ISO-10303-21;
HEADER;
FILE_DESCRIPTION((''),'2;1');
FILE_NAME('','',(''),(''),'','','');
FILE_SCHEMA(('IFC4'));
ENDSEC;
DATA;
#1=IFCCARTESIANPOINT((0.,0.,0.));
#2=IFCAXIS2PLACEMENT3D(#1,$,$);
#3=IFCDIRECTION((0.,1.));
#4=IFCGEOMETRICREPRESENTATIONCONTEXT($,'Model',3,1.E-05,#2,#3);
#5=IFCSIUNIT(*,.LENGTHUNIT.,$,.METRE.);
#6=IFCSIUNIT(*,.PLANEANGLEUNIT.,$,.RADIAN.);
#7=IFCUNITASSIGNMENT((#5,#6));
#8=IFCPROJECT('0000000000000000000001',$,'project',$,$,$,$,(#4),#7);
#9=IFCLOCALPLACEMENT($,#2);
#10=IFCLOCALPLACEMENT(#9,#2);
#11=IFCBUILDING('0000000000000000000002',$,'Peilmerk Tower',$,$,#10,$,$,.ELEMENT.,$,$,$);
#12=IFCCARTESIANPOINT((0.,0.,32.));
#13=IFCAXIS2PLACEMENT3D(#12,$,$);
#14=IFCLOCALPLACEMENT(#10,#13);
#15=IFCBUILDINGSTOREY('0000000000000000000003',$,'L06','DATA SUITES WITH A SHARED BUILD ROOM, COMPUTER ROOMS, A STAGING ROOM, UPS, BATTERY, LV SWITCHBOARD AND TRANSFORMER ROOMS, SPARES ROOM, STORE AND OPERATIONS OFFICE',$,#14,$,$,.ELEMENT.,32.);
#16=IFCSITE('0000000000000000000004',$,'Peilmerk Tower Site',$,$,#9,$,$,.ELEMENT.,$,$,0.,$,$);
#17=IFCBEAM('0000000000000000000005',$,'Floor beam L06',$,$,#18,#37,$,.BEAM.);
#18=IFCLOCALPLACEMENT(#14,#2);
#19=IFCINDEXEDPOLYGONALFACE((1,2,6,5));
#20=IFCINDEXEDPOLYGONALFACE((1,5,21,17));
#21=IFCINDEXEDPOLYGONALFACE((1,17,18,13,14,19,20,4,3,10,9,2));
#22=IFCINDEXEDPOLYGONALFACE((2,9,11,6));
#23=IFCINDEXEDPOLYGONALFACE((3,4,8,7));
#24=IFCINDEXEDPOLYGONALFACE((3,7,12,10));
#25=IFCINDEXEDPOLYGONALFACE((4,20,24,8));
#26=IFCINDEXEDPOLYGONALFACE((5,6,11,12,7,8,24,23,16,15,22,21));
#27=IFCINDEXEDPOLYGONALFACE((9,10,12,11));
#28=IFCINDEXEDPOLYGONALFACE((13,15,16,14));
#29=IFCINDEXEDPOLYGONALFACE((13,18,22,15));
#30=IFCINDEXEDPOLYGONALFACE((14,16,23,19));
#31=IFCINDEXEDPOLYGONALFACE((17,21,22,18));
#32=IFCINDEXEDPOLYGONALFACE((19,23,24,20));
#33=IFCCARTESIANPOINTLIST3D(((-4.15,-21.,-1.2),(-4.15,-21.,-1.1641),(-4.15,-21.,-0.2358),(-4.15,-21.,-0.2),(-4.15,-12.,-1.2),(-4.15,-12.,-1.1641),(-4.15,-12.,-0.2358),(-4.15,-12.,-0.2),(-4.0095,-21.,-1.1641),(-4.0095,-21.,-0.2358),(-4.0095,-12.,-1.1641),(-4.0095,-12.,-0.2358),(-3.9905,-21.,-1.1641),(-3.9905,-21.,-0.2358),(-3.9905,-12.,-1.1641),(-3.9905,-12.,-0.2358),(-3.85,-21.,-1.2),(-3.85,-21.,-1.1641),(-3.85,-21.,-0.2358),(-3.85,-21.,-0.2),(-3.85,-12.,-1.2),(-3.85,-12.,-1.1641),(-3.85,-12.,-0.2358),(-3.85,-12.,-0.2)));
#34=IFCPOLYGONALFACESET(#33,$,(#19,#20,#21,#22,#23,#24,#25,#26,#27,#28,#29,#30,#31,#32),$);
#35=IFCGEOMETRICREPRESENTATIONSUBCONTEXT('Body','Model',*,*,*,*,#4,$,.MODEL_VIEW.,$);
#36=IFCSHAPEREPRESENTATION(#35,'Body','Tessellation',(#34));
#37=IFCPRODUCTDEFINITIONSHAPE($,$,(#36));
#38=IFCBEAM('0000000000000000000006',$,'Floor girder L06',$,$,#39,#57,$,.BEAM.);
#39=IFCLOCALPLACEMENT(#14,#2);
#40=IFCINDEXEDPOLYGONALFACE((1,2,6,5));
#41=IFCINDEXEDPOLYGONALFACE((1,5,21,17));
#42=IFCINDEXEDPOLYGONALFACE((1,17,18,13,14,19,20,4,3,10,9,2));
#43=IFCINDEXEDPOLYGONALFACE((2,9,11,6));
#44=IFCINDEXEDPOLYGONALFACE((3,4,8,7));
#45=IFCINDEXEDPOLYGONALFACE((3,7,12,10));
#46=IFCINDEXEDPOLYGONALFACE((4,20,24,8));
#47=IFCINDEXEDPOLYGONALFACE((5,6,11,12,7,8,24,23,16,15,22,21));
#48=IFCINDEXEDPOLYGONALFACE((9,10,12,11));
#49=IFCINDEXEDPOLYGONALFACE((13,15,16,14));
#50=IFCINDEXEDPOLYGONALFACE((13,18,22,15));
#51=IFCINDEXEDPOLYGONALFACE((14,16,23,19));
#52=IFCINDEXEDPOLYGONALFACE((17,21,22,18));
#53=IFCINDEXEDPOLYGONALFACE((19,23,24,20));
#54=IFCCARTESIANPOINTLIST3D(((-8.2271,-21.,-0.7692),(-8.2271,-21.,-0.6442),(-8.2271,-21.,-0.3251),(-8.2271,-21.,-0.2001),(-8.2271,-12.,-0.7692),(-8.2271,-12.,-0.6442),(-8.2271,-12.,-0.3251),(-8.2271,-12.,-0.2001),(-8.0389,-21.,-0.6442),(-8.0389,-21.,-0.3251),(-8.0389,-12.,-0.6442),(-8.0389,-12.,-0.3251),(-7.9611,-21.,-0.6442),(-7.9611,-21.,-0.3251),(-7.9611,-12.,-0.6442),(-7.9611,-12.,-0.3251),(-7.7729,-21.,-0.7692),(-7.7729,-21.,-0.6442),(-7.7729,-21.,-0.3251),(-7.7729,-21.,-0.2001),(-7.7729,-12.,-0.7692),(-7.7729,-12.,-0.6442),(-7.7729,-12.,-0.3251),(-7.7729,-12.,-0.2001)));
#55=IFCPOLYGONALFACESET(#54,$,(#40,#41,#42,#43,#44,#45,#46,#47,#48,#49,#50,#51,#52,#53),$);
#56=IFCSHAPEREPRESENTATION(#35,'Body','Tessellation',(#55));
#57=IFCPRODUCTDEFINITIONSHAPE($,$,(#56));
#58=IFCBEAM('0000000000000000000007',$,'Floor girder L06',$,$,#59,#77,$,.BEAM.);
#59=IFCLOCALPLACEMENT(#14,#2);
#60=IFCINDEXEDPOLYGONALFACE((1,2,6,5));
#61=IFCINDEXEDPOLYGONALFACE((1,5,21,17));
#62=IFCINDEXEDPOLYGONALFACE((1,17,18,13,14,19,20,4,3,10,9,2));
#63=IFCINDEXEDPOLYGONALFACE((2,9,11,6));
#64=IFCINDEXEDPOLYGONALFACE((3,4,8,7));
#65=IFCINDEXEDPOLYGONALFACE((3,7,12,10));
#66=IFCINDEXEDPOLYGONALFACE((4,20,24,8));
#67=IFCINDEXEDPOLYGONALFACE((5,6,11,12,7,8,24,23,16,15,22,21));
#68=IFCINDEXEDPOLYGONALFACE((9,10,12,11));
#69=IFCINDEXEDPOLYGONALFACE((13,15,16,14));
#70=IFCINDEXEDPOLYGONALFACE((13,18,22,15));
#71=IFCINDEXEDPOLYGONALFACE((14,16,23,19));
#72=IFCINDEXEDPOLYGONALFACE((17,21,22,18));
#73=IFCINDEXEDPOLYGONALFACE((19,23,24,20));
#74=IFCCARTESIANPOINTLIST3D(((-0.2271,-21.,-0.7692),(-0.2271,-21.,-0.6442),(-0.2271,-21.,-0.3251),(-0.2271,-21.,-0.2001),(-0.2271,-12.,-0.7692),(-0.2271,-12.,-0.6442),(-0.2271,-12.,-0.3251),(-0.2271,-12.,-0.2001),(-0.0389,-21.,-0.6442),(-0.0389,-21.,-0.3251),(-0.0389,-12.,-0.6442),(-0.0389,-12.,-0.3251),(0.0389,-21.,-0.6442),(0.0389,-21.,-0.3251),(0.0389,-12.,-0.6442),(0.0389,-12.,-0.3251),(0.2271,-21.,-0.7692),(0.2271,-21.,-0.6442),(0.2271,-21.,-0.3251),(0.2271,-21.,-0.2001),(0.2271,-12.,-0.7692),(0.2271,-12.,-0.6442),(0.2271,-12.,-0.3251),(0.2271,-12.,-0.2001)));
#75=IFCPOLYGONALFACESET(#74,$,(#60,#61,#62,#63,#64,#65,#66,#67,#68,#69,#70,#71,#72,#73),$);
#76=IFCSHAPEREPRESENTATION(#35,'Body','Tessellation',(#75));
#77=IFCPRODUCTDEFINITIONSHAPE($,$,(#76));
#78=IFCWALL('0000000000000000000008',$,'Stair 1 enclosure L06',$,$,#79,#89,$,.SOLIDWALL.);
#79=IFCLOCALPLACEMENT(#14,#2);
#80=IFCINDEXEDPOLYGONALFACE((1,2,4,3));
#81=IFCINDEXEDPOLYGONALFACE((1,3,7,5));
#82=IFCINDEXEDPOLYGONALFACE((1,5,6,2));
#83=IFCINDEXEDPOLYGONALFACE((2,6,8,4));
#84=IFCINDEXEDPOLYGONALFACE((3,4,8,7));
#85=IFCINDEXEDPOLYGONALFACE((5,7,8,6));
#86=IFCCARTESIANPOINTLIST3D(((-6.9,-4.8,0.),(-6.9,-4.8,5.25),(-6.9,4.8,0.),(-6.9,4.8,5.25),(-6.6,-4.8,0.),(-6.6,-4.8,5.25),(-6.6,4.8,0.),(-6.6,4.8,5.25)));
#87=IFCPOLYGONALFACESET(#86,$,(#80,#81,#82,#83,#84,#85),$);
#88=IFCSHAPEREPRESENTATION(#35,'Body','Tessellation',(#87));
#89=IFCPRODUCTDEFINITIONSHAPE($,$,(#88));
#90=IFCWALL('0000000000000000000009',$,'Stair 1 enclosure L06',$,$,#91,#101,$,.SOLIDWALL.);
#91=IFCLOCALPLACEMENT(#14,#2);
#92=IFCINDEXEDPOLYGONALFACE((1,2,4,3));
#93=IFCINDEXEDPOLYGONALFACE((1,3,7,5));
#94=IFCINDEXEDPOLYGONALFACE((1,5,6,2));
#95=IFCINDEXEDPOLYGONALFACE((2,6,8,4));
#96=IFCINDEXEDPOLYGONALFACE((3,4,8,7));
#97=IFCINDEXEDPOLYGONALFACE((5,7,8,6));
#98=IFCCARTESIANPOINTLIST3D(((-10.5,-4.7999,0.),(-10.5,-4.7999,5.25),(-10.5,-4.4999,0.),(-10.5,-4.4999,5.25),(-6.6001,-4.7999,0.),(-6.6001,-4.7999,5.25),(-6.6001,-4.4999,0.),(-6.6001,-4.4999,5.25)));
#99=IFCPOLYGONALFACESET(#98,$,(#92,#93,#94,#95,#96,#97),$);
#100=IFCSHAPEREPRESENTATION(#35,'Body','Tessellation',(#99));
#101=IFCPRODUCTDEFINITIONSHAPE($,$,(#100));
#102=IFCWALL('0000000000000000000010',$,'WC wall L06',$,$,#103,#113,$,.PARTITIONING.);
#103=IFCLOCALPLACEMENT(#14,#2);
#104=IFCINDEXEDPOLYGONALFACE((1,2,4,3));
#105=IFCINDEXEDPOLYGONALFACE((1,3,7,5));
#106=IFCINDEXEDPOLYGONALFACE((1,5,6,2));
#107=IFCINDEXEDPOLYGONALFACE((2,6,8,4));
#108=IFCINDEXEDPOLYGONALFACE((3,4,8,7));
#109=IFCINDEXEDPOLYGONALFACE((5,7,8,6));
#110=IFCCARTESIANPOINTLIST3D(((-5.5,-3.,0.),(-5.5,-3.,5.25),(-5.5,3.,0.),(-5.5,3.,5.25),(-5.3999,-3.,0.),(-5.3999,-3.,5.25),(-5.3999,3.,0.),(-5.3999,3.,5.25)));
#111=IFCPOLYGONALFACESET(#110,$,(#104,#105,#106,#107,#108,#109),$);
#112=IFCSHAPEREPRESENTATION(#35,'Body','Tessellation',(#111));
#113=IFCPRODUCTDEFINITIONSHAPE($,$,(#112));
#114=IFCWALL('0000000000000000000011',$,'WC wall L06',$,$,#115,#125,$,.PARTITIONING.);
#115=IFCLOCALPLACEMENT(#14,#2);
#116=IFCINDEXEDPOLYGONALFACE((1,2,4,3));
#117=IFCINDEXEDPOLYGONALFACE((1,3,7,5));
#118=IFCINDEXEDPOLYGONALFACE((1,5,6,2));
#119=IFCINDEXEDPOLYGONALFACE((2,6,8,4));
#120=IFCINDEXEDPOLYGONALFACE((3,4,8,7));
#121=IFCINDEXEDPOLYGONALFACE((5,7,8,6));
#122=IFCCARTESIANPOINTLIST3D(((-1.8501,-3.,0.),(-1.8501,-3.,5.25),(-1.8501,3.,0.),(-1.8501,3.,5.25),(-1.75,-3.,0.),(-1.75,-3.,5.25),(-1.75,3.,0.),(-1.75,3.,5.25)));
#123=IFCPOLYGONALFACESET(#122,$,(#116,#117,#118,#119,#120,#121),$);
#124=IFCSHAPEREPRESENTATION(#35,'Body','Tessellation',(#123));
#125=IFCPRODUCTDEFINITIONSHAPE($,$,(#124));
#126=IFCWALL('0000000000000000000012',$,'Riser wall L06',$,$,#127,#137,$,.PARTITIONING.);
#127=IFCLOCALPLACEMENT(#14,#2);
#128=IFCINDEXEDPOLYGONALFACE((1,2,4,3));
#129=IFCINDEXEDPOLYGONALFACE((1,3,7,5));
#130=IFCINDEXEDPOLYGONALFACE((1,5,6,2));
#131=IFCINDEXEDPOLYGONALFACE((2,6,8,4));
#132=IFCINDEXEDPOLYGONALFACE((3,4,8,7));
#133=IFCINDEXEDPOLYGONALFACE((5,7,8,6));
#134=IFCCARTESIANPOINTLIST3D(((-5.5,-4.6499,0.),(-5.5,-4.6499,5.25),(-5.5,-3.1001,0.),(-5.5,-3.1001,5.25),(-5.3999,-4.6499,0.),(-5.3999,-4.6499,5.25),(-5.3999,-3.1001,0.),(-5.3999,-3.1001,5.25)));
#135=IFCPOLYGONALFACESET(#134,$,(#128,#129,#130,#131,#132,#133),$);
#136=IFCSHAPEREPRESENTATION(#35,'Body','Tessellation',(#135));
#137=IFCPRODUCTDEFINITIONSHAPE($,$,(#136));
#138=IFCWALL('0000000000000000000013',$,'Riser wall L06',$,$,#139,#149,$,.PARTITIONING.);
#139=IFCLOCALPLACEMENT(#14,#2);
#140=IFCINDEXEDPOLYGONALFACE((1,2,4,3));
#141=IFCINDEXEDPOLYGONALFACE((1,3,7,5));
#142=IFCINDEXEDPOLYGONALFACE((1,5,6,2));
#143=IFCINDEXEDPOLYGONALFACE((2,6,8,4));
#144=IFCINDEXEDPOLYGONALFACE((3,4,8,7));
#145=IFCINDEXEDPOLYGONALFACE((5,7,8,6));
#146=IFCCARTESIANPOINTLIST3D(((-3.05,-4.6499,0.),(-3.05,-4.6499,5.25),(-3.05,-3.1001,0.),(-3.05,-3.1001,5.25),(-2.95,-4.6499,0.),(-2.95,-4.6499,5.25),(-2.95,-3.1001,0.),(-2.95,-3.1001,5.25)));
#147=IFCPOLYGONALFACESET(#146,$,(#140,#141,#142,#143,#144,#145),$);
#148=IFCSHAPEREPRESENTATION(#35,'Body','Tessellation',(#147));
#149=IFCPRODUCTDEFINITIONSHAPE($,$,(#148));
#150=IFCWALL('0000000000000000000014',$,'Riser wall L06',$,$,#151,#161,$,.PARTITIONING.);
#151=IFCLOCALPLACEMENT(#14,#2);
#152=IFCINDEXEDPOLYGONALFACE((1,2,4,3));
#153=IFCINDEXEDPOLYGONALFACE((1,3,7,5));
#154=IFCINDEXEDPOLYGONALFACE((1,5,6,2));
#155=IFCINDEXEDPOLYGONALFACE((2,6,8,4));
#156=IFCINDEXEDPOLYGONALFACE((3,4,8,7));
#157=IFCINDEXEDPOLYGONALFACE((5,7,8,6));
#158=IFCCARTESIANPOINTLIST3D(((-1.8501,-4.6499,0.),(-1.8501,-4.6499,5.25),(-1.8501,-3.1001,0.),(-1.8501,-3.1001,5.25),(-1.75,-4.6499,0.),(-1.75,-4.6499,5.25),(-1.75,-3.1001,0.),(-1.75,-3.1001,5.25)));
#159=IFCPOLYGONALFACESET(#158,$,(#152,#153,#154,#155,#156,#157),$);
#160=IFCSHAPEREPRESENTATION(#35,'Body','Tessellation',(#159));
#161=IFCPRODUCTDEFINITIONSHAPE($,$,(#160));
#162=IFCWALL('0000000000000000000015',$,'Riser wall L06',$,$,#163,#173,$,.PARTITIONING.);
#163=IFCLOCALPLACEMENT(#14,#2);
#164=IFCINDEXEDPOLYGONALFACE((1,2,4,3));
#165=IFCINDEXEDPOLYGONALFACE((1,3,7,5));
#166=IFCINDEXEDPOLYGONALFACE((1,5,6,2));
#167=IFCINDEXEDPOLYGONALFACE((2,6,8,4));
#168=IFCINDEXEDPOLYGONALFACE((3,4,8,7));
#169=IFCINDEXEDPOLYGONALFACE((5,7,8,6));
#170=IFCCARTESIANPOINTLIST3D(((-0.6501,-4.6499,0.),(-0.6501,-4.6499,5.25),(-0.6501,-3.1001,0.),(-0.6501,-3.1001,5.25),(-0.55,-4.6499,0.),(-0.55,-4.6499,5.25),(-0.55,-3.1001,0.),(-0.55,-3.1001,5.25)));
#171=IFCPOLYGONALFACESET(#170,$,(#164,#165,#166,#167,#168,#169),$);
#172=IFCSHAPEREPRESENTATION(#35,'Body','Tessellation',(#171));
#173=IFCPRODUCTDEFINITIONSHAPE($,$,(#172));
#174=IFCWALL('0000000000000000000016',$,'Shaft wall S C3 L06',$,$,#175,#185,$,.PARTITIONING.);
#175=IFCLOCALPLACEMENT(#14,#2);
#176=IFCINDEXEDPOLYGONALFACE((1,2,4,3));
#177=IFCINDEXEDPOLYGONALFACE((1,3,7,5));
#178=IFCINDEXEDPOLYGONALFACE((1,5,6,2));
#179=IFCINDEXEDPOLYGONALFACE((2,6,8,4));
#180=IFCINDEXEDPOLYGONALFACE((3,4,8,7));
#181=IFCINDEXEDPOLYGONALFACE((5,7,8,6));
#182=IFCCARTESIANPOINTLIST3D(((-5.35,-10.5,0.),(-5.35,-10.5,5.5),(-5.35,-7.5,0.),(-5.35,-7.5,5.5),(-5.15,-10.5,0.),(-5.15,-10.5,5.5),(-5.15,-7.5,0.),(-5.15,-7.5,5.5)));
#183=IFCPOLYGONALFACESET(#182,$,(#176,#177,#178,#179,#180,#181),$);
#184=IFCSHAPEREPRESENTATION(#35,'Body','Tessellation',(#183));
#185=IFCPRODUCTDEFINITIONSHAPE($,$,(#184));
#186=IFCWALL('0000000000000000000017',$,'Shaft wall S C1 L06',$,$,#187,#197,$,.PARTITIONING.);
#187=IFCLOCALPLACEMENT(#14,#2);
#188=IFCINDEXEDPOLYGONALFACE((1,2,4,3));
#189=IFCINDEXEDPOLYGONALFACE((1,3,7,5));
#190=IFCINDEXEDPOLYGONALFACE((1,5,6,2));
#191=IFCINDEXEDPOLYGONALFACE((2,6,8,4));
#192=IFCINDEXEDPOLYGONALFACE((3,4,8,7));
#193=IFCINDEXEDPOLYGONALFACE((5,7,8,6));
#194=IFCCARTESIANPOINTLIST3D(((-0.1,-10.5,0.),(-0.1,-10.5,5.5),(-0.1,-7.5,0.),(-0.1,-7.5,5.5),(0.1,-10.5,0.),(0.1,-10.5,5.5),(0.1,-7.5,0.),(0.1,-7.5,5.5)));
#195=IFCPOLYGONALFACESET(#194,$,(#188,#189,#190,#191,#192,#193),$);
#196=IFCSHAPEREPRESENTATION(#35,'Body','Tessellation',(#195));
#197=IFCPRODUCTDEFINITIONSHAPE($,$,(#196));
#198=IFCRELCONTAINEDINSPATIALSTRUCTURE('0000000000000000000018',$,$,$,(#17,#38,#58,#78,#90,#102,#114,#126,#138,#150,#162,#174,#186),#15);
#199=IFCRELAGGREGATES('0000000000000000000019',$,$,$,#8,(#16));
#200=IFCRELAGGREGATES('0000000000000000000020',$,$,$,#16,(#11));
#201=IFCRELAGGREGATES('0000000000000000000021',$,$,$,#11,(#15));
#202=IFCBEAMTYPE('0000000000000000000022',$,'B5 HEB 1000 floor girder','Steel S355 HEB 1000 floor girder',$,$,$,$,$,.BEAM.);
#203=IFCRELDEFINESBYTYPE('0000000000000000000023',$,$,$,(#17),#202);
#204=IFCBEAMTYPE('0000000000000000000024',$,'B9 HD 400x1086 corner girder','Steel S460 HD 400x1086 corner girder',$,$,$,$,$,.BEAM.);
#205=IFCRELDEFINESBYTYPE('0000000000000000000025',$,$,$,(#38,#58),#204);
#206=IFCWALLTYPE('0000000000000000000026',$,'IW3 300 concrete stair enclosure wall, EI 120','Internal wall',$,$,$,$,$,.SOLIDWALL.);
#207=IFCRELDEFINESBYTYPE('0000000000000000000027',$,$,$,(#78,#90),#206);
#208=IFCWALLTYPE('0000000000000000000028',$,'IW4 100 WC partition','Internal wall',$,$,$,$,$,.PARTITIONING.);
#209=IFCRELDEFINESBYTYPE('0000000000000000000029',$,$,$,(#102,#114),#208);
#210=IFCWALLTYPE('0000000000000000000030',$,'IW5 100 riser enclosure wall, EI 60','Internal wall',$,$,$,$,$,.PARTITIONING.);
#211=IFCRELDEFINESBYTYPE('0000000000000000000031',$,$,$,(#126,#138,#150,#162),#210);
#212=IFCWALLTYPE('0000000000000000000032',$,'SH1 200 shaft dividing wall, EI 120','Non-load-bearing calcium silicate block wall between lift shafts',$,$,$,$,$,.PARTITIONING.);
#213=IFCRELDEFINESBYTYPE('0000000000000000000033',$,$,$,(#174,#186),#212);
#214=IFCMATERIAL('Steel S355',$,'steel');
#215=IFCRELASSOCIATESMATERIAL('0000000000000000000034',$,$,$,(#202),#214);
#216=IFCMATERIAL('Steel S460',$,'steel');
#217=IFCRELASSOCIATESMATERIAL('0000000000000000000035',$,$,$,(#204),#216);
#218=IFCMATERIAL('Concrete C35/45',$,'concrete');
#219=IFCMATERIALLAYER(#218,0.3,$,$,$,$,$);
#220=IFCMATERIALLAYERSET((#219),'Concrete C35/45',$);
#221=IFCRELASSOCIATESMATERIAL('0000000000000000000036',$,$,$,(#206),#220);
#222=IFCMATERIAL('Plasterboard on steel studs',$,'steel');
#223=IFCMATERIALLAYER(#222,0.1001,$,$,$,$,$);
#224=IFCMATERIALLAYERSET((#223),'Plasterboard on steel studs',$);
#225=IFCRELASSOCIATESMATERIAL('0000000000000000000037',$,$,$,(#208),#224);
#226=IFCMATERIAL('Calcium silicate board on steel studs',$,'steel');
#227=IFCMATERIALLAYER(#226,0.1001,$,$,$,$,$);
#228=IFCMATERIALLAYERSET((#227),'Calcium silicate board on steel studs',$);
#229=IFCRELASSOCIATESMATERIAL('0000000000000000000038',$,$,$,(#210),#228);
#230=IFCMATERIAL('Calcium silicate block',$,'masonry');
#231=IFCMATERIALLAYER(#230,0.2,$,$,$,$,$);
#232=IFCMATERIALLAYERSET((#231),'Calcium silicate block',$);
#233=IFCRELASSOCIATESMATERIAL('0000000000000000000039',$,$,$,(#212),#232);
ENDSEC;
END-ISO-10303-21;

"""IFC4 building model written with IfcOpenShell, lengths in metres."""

from ifc_helpers import new_model, si_unit, direction, frame, frame_2d, origin, origin_2d, place, context, subcontext, project, spatial, rectangle, i_section, extrude, material, layer, layer_set, material_profile, profile_set, type_object, element, save


model = new_model("IFC4")

# Units and contexts
model_context = context("Model", 3, precision=1e-05, world=origin(), true_north=direction((0.0, 1.0)))
body_context = subcontext(model_context, "Body", "Model", "MODEL_VIEW")
ifc_project = project(units=[si_unit("LENGTHUNIT", "METRE"), si_unit("PLANEANGLEUNIT", "RADIAN")], contexts=[model_context])

# Site, building, storey
site_placement = place(None, origin())
site = spatial("IfcSite", under=ifc_project, at=site_placement, Name="Peilmerk Tower Site", CompositionType="ELEMENT", RefElevation=0.0)
building_placement = place(site_placement, origin())
building = spatial("IfcBuilding", under=site, at=building_placement, Name="Peilmerk Tower", CompositionType="ELEMENT")
storey_placement = place(building_placement, frame((0.0, 0.0, 32.0)))
storey = spatial("IfcBuildingStorey", under=building, at=storey_placement, Name="L06", Description="DATA SUITES WITH A SHARED BUILD ROOM, COMPUTER ROOMS, A STAGING ROOM, UPS, BATTERY, LV SWITCHBOARD AND TRANSFORMER ROOMS, SPARES ROOM, STORE AND OPERATIONS OFFICE", CompositionType="ELEMENT", Elevation=32.0)

# Beams
ifc_material_1 = material(Name="Steel S355", Category="steel")
ifc_material_profile_1 = material_profile(ifc_material_1, i_section(OverallWidth=0.3, OverallDepth=1.0, WebThickness=0.019, FlangeThickness=0.0359, at=origin_2d()), Name="HEB 1000")
ifc_profile_set_1 = profile_set([ifc_material_profile_1], Name="Steel S355")
beam_type_1 = type_object("IfcBeamType", Name="B5 HEB 1000 floor girder", Description="Steel S355 HEB 1000 floor girder", PredefinedType="BEAM", material=ifc_profile_set_1)
beam_placement = place(storey_placement, frame((-4.0, -12.0, -0.7), z_axis=(0.0, -1.0, 0.0), x_axis=(1.0, 0.0, 0.0)))
element("IfcBeam", 1, at=beam_placement, inside=storey, type_object=beam_type_1, Name="Floor beam L06", PredefinedType="BEAM", context=body_context, shape_type="SweptSolid", body=[
    extrude(i_section(OverallWidth=0.3, OverallDepth=1.0, WebThickness=0.019, FlangeThickness=0.0359, at=origin_2d()), origin(), (0.0, 0.0, 1.0), 9.0),
])
ifc_material_2 = material(Name="Steel S460", Category="steel")
ifc_material_profile_2 = material_profile(ifc_material_2, i_section(OverallWidth=0.4541, OverallDepth=0.5691, WebThickness=0.0779, FlangeThickness=0.125, at=origin_2d()), Name="HD 400x1086")
ifc_profile_set_2 = profile_set([ifc_material_profile_2], Name="Steel S460")
beam_type_2 = type_object("IfcBeamType", Name="B9 HD 400x1086 corner girder", Description="Steel S460 HD 400x1086 corner girder", PredefinedType="BEAM", material=ifc_profile_set_2)
for number, where, z_axis, x_axis, name in (
    (2, (-8.0, -12.0, -0.4846), (0.0, -1.0, 0.0), (1.0, 0.0, 0.0), "Floor girder L06"),
    (3, (0.0, -12.0, -0.4846), (0.0, -1.0, 0.0), (1.0, 0.0, 0.0), "Floor girder L06"),
):
    element("IfcBeam", number, at=place(storey_placement, frame(where, z_axis=z_axis, x_axis=x_axis)), inside=storey, type_object=beam_type_2, Name=name, PredefinedType="BEAM", context=body_context, shape_type="SweptSolid", body=[
        extrude(i_section(OverallWidth=0.4541, OverallDepth=0.5691, WebThickness=0.0779, FlangeThickness=0.125, at=origin_2d()), origin(), (0.0, 0.0, 1.0), 9.0),
    ])

# Walls
ifc_material_3 = material(Name="Concrete C35/45", Category="concrete")
ifc_layer_1 = layer(ifc_material_3, 0.3)
ifc_layer_set_1 = layer_set([ifc_layer_1], Name="Concrete C35/45")
wall_type_1 = type_object("IfcWallType", Name="IW3 300 concrete stair enclosure wall, EI 120", Description="Internal wall", PredefinedType="SOLIDWALL", material=ifc_layer_set_1)
wall_1_placement = place(storey_placement, frame((-6.75, -4.8, 0.0), z_axis=(0.0, 0.0, 1.0), x_axis=(0.0, 1.0, 0.0)))
element("IfcWall", 4, at=wall_1_placement, inside=storey, type_object=wall_type_1, Name="Stair 1 enclosure L06", PredefinedType="SOLIDWALL", context=body_context, shape_type="SweptSolid", body=[
    extrude(rectangle(XDim=9.6001, YDim=0.3, at=frame_2d((4.8, 0.0))), origin(), (0.0, 0.0, 1.0), 5.25),
])
wall_2_placement = place(storey_placement, frame((-6.6001, -4.6499, 0.0), z_axis=(0.0, 0.0, 1.0), x_axis=(-1.0, 0.0, 0.0)))
element("IfcWall", 5, at=wall_2_placement, inside=storey, type_object=wall_type_1, Name="Stair 1 enclosure L06", PredefinedType="SOLIDWALL", context=body_context, shape_type="SweptSolid", body=[
    extrude(rectangle(XDim=3.8999, YDim=0.3, at=frame_2d((1.95, 0.0))), origin(), (0.0, 0.0, 1.0), 5.25),
])
ifc_material_4 = material(Name="Plasterboard on steel studs", Category="steel")
ifc_layer_2 = layer(ifc_material_4, 0.1001)
ifc_layer_set_2 = layer_set([ifc_layer_2], Name="Plasterboard on steel studs")
wall_type_2 = type_object("IfcWallType", Name="IW4 100 WC partition", Description="Internal wall", PredefinedType="PARTITIONING", material=ifc_layer_set_2)
for number, where, z_axis, x_axis, name in (
    (6, (-5.45, -3.0, 0.0), (0.0, 0.0, 1.0), (0.0, 1.0, 0.0), "WC wall L06"),
    (7, (-1.8, -3.0, 0.0), (0.0, 0.0, 1.0), (0.0, 1.0, 0.0), "WC wall L06"),
):
    element("IfcWall", number, at=place(storey_placement, frame(where, z_axis=z_axis, x_axis=x_axis)), inside=storey, type_object=wall_type_2, Name=name, PredefinedType="PARTITIONING", context=body_context, shape_type="SweptSolid", body=[
        extrude(rectangle(XDim=6.0, YDim=0.1001, at=frame_2d((3.0, 0.0))), origin(), (0.0, 0.0, 1.0), 5.25),
    ])
ifc_material_5 = material(Name="Calcium silicate board on steel studs", Category="steel")
ifc_layer_3 = layer(ifc_material_5, 0.1001)
ifc_layer_set_3 = layer_set([ifc_layer_3], Name="Calcium silicate board on steel studs")
wall_type_3 = type_object("IfcWallType", Name="IW5 100 riser enclosure wall, EI 60", Description="Internal wall", PredefinedType="PARTITIONING", material=ifc_layer_set_3)
for number, where, z_axis, x_axis, name in (
    (8, (-5.45, -3.1001, 0.0), (0.0, 0.0, 1.0), (0.0, -1.0, 0.0), "Riser wall L06"),
    (9, (-3.0, -3.1001, 0.0), (0.0, 0.0, 1.0), (0.0, -1.0, 0.0), "Riser wall L06"),
    (10, (-1.8, -3.1001, 0.0), (0.0, 0.0, 1.0), (0.0, -1.0, 0.0), "Riser wall L06"),
    (11, (-0.6001, -3.1001, 0.0), (0.0, 0.0, 1.0), (0.0, -1.0, 0.0), "Riser wall L06"),
):
    element("IfcWall", number, at=place(storey_placement, frame(where, z_axis=z_axis, x_axis=x_axis)), inside=storey, type_object=wall_type_3, Name=name, PredefinedType="PARTITIONING", context=body_context, shape_type="SweptSolid", body=[
        extrude(rectangle(XDim=1.5498, YDim=0.1001, at=frame_2d((0.7749, 0.0))), origin(), (0.0, 0.0, 1.0), 5.25),
    ])
ifc_material_6 = material(Name="Calcium silicate block", Category="masonry")
ifc_layer_4 = layer(ifc_material_6, 0.2)
ifc_layer_set_4 = layer_set([ifc_layer_4], Name="Calcium silicate block")
wall_type_4 = type_object("IfcWallType", Name="SH1 200 shaft dividing wall, EI 120", Description="Non-load-bearing calcium silicate block wall between lift shafts", PredefinedType="PARTITIONING", material=ifc_layer_set_4)
for number, where, z_axis, x_axis, name in (
    (12, (-5.25, -10.5, 0.0), (0.0, 0.0, 1.0), (0.0, 1.0, 0.0), "Shaft wall S C3 L06"),
    (13, (0.0, -10.5, 0.0), (0.0, 0.0, 1.0), (0.0, 1.0, 0.0), "Shaft wall S C1 L06"),
):
    element("IfcWall", number, at=place(storey_placement, frame(where, z_axis=z_axis, x_axis=x_axis)), inside=storey, type_object=wall_type_4, Name=name, PredefinedType="PARTITIONING", context=body_context, shape_type="SweptSolid", body=[
        extrude(rectangle(XDim=3.0, YDim=0.2, at=frame_2d((1.5, 0.0))), origin(), (0.0, 0.0, 1.0), 5.5),
    ])

save(model, "model.ifc")
